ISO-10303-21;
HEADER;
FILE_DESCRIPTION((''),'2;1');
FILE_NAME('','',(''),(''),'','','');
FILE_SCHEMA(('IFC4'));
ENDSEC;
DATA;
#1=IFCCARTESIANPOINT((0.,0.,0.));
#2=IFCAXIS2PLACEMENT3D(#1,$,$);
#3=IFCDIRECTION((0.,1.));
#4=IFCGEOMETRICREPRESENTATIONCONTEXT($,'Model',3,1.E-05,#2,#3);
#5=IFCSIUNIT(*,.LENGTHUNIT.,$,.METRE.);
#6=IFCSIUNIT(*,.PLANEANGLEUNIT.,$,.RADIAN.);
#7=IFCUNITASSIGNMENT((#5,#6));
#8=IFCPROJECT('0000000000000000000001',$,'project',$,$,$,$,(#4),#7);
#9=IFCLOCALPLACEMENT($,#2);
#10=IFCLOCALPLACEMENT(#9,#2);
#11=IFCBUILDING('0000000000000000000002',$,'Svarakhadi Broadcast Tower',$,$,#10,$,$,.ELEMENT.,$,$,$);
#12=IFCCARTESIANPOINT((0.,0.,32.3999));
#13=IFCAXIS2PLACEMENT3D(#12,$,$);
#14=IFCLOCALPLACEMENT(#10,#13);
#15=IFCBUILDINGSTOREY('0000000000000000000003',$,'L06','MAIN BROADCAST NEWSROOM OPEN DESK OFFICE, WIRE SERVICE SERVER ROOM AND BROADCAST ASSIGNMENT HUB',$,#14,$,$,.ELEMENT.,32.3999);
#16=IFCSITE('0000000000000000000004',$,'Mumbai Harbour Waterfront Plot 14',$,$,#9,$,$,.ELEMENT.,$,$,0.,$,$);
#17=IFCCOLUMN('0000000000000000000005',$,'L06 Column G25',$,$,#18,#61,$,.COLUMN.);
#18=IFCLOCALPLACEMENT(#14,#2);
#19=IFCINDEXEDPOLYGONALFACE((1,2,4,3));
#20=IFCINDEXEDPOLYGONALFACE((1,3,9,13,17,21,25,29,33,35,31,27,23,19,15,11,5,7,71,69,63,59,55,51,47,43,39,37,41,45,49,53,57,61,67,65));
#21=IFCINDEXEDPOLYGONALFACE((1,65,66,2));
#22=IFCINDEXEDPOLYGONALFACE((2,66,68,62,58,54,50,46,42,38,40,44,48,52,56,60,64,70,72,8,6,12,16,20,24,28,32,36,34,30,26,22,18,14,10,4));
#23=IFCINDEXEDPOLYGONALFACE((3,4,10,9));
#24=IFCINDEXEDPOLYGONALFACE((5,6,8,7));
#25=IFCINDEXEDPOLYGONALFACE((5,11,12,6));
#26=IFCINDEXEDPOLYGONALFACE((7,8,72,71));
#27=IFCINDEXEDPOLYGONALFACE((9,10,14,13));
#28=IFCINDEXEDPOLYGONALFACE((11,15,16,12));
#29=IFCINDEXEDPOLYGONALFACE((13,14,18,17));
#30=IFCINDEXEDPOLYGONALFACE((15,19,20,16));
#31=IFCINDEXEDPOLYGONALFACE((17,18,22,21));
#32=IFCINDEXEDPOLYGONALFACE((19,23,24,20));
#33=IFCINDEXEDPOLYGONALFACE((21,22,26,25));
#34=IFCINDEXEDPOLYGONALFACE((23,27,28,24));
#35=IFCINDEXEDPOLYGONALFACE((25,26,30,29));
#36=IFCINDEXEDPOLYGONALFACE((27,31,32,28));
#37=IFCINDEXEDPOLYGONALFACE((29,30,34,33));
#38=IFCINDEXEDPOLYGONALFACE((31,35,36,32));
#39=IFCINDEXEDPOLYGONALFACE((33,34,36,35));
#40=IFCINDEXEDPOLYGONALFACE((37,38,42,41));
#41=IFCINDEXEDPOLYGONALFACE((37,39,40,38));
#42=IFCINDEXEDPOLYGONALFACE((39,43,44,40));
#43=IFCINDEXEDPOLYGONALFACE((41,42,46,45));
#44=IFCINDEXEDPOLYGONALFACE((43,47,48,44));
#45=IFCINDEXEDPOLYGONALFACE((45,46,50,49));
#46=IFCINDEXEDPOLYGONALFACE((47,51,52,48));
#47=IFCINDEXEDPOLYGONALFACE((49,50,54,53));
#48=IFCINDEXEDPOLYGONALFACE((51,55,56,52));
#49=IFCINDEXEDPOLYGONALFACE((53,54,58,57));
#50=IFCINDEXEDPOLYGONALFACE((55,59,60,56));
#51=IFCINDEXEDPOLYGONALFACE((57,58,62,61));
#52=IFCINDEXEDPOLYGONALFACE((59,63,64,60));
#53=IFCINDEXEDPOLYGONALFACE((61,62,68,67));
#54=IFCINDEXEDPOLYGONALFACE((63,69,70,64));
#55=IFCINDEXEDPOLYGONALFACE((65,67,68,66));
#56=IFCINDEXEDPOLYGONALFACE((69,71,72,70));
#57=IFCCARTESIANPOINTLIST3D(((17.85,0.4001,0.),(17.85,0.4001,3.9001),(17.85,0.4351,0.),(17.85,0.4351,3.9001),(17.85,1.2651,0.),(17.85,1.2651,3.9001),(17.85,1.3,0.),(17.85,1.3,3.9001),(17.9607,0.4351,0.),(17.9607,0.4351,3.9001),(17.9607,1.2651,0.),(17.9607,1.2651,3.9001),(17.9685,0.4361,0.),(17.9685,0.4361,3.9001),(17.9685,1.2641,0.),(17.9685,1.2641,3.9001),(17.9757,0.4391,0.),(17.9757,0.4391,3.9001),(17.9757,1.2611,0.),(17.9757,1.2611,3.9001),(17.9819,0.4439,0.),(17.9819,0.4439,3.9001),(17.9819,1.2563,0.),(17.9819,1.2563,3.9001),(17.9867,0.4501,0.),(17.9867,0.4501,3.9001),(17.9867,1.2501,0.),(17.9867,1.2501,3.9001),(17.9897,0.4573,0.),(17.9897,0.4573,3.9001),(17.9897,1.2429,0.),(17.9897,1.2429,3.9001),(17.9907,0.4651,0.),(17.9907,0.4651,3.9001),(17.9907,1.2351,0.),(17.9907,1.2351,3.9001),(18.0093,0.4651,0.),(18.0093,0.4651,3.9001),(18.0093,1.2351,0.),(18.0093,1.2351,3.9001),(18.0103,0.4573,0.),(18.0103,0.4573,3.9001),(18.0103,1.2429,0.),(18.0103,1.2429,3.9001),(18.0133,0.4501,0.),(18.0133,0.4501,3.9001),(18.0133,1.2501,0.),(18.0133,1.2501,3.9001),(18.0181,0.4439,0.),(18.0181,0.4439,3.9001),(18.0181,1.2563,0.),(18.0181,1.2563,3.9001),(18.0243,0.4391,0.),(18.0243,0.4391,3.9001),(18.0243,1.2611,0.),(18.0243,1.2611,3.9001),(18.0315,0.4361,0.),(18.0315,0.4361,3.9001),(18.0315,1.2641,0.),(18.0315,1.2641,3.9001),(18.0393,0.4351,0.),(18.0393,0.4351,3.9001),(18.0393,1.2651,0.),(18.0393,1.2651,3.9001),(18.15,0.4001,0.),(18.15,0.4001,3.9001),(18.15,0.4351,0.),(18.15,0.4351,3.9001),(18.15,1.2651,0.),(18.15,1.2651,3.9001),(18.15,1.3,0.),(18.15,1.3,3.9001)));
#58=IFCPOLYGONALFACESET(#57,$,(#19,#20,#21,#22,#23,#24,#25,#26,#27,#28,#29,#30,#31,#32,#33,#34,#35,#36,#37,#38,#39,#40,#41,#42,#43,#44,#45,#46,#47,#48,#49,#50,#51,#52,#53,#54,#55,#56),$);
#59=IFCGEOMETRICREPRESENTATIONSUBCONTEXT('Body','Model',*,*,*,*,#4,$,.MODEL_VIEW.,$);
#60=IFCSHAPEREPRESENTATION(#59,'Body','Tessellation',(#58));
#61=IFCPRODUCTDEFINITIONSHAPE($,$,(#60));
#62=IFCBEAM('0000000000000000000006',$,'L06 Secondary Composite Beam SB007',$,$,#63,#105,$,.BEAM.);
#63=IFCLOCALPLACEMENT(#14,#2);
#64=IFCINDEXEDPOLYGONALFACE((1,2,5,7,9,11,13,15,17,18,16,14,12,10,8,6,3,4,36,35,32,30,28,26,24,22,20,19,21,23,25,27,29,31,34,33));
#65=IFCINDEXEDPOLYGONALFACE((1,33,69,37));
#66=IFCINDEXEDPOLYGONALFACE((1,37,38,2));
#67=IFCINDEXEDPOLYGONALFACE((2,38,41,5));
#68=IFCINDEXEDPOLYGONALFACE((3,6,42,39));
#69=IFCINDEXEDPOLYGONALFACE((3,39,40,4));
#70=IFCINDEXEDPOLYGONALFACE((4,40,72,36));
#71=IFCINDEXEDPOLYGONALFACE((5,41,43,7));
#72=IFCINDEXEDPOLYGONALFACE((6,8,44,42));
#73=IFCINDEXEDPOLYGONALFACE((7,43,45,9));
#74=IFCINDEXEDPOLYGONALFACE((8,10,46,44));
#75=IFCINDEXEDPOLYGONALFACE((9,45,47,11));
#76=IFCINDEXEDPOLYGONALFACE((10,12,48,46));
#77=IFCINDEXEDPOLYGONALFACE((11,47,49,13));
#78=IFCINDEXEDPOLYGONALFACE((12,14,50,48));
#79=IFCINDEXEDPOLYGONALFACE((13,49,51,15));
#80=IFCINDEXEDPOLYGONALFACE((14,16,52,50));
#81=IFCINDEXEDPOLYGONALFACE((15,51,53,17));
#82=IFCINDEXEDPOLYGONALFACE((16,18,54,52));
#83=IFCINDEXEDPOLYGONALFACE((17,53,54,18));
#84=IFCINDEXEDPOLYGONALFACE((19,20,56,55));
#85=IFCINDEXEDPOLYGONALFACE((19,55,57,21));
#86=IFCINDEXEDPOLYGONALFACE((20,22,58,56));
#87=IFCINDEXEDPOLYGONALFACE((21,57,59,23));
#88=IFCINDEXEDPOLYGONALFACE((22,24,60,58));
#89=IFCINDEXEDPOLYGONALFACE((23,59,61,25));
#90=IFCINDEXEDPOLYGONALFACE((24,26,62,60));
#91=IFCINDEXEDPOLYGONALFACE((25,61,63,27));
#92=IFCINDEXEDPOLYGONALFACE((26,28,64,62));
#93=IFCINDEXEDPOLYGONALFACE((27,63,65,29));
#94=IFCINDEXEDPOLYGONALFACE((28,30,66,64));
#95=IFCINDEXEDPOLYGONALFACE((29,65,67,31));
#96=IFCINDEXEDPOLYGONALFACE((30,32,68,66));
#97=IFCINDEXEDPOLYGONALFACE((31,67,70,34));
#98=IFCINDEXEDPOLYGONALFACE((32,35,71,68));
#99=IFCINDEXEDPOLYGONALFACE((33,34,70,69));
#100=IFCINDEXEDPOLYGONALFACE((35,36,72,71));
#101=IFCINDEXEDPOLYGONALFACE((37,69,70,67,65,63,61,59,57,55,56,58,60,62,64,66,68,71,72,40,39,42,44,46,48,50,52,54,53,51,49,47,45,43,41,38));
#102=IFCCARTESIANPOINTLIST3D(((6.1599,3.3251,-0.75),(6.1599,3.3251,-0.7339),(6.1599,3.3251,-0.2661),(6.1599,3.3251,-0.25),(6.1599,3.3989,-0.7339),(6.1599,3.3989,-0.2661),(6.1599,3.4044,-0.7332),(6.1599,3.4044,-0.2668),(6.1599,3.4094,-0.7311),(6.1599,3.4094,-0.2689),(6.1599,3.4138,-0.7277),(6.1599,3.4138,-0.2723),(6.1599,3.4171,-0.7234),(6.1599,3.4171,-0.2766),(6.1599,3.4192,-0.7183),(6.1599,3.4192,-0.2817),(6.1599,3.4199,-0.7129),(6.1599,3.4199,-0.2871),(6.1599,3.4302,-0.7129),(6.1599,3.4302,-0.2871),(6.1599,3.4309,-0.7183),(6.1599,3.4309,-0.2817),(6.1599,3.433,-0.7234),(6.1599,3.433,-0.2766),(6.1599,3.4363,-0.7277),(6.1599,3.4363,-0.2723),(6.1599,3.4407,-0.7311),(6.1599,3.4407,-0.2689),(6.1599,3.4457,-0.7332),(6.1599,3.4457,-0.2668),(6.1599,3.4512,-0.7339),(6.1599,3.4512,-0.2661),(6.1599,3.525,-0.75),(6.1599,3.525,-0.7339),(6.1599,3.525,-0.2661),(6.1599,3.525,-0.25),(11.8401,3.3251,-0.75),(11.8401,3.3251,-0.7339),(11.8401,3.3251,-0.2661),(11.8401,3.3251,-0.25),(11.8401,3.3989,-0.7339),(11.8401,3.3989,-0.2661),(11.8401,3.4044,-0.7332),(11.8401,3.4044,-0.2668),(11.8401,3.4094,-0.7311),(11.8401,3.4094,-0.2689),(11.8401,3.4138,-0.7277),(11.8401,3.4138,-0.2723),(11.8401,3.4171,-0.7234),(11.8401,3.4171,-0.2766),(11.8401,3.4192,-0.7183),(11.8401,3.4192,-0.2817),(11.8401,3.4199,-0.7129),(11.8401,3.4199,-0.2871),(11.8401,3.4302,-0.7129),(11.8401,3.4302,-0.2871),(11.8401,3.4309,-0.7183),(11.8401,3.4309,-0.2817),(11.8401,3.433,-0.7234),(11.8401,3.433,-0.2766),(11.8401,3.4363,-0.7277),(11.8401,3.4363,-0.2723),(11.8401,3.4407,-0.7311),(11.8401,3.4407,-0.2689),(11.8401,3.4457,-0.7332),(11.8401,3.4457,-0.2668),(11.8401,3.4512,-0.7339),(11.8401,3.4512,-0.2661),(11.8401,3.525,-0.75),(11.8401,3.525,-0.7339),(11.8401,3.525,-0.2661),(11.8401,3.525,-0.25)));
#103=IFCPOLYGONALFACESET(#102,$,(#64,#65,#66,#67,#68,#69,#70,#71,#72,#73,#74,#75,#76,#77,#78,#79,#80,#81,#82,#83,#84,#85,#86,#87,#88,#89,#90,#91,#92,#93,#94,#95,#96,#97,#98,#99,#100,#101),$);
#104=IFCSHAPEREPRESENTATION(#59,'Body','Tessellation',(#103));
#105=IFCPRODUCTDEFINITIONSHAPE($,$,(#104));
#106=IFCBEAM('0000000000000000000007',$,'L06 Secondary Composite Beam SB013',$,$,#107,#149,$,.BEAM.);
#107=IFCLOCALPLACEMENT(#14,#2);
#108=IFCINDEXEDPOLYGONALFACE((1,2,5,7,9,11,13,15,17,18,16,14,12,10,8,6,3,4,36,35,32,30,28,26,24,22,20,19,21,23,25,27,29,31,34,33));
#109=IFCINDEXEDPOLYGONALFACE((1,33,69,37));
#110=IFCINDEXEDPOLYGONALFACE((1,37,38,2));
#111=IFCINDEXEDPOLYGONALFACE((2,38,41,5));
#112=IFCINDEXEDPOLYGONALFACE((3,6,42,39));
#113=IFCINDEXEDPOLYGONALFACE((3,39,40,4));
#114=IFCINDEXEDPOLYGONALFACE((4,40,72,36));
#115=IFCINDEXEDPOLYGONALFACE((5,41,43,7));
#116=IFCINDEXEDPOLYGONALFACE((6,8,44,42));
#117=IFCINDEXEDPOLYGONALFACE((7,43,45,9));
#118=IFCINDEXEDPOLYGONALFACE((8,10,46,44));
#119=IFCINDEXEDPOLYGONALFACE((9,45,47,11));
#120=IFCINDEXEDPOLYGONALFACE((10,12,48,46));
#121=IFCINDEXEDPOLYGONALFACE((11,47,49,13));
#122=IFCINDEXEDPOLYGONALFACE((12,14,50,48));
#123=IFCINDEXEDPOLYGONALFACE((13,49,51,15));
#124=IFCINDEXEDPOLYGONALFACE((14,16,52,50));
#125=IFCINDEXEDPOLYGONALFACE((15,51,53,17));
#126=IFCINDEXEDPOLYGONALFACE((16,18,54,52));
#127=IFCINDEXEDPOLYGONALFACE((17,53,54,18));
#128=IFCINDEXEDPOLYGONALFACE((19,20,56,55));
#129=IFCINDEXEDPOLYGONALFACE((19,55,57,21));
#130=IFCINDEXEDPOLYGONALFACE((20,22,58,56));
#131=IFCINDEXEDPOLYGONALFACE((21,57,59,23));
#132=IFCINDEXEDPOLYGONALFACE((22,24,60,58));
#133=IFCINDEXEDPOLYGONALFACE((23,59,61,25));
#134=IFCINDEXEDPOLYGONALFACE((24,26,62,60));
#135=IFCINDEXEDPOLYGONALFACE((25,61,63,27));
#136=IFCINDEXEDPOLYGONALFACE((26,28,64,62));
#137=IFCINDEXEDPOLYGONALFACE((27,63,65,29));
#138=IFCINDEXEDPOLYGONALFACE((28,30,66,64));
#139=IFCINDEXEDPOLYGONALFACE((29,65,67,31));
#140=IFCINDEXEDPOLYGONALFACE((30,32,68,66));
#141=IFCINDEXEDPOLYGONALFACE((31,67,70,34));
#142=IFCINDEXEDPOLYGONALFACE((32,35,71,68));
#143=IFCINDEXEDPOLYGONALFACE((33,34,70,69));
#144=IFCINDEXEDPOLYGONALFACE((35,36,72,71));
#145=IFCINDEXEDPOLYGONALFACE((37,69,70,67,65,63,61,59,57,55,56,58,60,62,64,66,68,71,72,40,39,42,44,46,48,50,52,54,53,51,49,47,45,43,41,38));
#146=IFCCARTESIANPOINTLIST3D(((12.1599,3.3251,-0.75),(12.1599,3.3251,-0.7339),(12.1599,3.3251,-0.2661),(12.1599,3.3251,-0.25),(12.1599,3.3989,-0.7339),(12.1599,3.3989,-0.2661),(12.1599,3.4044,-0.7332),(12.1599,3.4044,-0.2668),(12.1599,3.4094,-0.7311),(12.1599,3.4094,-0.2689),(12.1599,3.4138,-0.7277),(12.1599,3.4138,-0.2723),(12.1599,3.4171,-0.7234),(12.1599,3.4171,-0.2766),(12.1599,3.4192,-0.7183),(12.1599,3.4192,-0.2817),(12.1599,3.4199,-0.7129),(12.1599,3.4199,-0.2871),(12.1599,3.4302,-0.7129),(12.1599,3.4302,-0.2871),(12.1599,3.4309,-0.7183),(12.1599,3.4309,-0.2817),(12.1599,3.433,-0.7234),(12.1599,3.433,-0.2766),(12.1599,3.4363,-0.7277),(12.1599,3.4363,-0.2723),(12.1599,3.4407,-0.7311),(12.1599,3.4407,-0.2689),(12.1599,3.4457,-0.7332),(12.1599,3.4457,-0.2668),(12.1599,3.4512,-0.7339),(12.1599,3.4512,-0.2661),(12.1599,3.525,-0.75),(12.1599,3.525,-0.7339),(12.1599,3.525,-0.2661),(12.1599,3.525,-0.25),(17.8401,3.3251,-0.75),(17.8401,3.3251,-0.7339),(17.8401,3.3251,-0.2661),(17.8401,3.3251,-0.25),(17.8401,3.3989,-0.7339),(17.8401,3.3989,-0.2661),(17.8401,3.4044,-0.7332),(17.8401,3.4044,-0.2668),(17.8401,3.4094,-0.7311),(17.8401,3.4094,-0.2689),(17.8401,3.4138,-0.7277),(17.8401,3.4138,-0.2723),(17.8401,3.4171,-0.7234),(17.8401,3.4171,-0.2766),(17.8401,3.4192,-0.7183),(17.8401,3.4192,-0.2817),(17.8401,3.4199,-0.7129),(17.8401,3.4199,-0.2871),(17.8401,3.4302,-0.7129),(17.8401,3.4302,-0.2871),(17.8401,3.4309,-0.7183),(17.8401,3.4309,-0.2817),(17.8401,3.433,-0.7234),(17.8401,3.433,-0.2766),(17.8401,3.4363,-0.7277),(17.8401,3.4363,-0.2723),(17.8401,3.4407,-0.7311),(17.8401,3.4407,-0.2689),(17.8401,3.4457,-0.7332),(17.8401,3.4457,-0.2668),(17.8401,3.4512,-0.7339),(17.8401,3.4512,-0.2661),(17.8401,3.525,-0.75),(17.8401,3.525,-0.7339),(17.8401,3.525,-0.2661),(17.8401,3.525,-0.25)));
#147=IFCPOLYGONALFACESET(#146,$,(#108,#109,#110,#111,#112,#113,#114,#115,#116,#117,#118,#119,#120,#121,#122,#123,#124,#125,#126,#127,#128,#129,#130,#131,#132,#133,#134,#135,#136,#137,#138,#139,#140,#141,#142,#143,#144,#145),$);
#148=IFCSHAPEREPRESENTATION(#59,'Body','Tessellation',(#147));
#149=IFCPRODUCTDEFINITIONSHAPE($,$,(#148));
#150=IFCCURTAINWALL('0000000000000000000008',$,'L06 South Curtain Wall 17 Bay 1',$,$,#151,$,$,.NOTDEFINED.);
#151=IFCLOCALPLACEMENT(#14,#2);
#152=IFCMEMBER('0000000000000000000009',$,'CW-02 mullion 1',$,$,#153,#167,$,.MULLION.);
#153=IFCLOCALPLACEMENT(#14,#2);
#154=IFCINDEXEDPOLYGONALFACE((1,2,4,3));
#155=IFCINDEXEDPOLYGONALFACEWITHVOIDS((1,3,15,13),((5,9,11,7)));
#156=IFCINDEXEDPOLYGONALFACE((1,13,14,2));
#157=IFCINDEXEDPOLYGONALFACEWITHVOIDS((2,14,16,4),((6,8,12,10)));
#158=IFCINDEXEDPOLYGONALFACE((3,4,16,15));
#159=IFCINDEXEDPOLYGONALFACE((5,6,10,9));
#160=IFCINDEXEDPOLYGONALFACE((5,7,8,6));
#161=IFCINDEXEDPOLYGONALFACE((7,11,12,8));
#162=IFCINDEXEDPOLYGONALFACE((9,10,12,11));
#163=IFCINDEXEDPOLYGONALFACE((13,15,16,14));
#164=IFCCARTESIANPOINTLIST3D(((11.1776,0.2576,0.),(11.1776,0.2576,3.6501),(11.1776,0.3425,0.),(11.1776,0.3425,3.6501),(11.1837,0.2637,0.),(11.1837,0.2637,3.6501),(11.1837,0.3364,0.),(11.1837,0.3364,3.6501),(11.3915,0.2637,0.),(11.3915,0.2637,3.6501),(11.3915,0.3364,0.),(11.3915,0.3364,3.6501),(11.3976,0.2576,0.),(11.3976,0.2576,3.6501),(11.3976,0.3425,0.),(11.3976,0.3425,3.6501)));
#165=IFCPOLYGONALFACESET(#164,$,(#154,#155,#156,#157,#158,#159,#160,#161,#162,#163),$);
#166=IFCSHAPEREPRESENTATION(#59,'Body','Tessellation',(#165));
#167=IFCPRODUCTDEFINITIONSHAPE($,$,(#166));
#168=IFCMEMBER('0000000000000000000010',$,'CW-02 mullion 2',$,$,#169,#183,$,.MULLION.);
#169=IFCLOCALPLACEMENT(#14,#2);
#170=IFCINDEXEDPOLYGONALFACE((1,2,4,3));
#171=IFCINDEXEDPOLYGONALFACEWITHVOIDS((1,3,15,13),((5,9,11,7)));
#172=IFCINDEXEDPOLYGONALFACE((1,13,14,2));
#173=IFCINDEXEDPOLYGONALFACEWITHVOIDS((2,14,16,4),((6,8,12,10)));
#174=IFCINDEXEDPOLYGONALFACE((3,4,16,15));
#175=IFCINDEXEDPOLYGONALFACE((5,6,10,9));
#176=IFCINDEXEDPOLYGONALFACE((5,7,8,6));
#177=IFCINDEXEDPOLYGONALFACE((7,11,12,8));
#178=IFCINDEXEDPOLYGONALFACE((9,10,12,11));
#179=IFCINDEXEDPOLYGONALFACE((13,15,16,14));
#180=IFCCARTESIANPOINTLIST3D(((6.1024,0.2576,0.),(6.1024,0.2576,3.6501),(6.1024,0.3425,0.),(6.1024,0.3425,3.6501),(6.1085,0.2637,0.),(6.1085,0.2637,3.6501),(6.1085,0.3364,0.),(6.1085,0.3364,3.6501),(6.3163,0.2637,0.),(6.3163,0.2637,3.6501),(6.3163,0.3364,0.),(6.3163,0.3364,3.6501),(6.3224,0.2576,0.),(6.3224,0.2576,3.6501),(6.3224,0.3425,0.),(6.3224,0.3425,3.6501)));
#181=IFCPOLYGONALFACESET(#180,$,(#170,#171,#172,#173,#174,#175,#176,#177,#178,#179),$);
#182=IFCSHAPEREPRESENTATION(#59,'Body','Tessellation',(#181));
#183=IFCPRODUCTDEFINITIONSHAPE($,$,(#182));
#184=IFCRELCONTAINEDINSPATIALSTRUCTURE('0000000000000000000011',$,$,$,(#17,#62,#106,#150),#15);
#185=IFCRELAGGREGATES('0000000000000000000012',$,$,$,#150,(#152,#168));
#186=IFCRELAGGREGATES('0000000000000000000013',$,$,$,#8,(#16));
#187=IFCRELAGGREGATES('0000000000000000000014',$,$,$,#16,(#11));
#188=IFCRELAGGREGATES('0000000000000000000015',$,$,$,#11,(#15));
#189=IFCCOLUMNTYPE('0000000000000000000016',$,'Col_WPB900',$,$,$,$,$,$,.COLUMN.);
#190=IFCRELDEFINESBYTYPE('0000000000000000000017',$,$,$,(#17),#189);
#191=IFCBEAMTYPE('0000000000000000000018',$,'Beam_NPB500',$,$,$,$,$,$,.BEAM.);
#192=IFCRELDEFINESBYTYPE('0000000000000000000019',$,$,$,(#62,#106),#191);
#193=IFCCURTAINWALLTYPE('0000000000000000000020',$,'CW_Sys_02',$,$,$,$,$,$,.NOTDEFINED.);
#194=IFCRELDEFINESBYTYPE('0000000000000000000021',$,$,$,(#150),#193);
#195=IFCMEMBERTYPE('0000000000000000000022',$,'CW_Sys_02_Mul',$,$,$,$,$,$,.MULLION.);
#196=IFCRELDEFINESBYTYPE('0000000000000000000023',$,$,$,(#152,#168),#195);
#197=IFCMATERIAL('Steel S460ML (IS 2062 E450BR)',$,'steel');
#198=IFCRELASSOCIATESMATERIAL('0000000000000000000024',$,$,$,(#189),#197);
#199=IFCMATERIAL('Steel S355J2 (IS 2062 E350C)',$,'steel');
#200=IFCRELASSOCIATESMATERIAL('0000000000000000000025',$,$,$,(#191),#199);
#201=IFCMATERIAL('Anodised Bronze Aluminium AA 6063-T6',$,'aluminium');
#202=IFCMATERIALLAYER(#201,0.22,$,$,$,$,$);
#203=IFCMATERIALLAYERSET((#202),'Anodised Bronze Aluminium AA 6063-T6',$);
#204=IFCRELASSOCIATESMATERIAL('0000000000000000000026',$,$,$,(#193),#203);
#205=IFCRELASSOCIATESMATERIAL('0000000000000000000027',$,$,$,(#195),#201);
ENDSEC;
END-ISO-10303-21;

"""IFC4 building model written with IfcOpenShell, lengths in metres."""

from ifc_helpers import new_model, si_unit, direction, frame, origin, origin_2d, place, context, subcontext, project, spatial, hollow_rectangle, i_section, extrude, material, layer, layer_set, material_profile, profile_set, type_object, element, aggregate, save


model = new_model("IFC4")

# Units and contexts
model_context = context("Model", 3, precision=1e-05, world=origin(), true_north=direction((0.0, 1.0)))
body_context = subcontext(model_context, "Body", "Model", "MODEL_VIEW")
ifc_project = project(units=[si_unit("LENGTHUNIT", "METRE"), si_unit("PLANEANGLEUNIT", "RADIAN")], contexts=[model_context])

# Site, building, storey
site_placement = place(None, origin())
site = spatial("IfcSite", under=ifc_project, at=site_placement, Name="Mumbai Harbour Waterfront Plot 14", CompositionType="ELEMENT", RefElevation=0.0)
building_placement = place(site_placement, origin())
building = spatial("IfcBuilding", under=site, at=building_placement, Name="Svarakhadi Broadcast Tower", CompositionType="ELEMENT")
storey_placement = place(building_placement, frame((0.0, 0.0, 32.3999)))
storey = spatial("IfcBuildingStorey", under=building, at=storey_placement, Name="L06", Description="MAIN BROADCAST NEWSROOM OPEN DESK OFFICE, WIRE SERVICE SERVER ROOM AND BROADCAST ASSIGNMENT HUB", CompositionType="ELEMENT", Elevation=32.3999)

# Column
ifc_material_1 = material(Name="Steel S460ML (IS 2062 E450BR)", Category="steel")
ifc_material_profile_1 = material_profile(ifc_material_1, i_section(OverallWidth=0.3, OverallDepth=0.8999, WebThickness=0.0186, FlangeThickness=0.0349, FilletRadius=0.03, at=origin_2d()), Name="WPB 900x300x291")
ifc_profile_set_1 = profile_set([ifc_material_profile_1], Name="Steel S460ML (IS 2062 E450BR)")
column_type_1 = type_object("IfcColumnType", Name="Col_WPB900", PredefinedType="COLUMN", material=ifc_profile_set_1)
column_placement = place(storey_placement, frame((18.0, 0.8501, 0.0), z_axis=(0.0, 0.0, 1.0), x_axis=(1.0, 0.0, 0.0)))
element("IfcColumn", 1, at=column_placement, inside=storey, type_object=column_type_1, Name="L06 Column G25", PredefinedType="COLUMN", context=body_context, shape_type="SweptSolid", body=[
    extrude(i_section(OverallWidth=0.3, OverallDepth=0.8999, WebThickness=0.0186, FlangeThickness=0.0349, FilletRadius=0.03, at=origin_2d()), origin(), (0.0, 0.0, 1.0), 3.9001),
])

# Beams
ifc_material_2 = material(Name="Steel S355J2 (IS 2062 E350C)", Category="steel")
ifc_material_profile_2 = material_profile(ifc_material_2, i_section(OverallWidth=0.2, OverallDepth=0.5, WebThickness=0.0103, FlangeThickness=0.0161, FilletRadius=0.021, at=origin_2d()), Name="NPB 500x200x91")
ifc_profile_set_2 = profile_set([ifc_material_profile_2], Name="Steel S355J2 (IS 2062 E350C)")
beam_type_1 = type_object("IfcBeamType", Name="Beam_NPB500", PredefinedType="BEAM", material=ifc_profile_set_2)
for number, where, z_axis, x_axis, name in (
    (2, (6.1599, 3.425, -0.5), (1.0, 0.0, 0.0), (0.0, 1.0, 0.0), "L06 Secondary Composite Beam SB007"),
    (3, (12.1599, 3.425, -0.5), (1.0, 0.0, 0.0), (0.0, 1.0, 0.0), "L06 Secondary Composite Beam SB013"),
):
    element("IfcBeam", number, at=place(storey_placement, frame(where, z_axis=z_axis, x_axis=x_axis)), inside=storey, type_object=beam_type_1, Name=name, PredefinedType="BEAM", context=body_context, shape_type="SweptSolid", body=[
        extrude(i_section(OverallWidth=0.2, OverallDepth=0.5, WebThickness=0.0103, FlangeThickness=0.0161, FilletRadius=0.021, at=origin_2d()), origin(), (0.0, 0.0, 1.0), 5.6802),
    ])

# Curtain wall, members
ifc_material_3 = material(Name="Anodised Bronze Aluminium AA 6063-T6", Category="aluminium")
ifc_layer_1 = layer(ifc_material_3, 0.22)
ifc_layer_set_1 = layer_set([ifc_layer_1], Name="Anodised Bronze Aluminium AA 6063-T6")
curtain_wall_type = type_object("IfcCurtainWallType", Name="CW_Sys_02", PredefinedType="NOTDEFINED", material=ifc_layer_set_1)
curtain_wall_placement = place(storey_placement, origin())
curtain_wall = element("IfcCurtainWall", 4, at=curtain_wall_placement, inside=storey, type_object=curtain_wall_type, Name="L06 South Curtain Wall 17 Bay 1", PredefinedType="NOTDEFINED")
ifc_material_profile_3 = material_profile(ifc_material_3, hollow_rectangle(XDim=0.085, YDim=0.22, WallThickness=0.0061, at=origin_2d()), Name="ALU MULLION 220x85x6")
ifc_profile_set_3 = profile_set([ifc_material_profile_3], Name="Anodised Bronze Aluminium AA 6063-T6")
member_type_1 = type_object("IfcMemberType", Name="CW_Sys_02_Mul", PredefinedType="MULLION", material=ifc_profile_set_3)
member_1_placement = place(storey_placement, frame((11.2876, 0.3, 0.0), z_axis=(0.0, 0.0, 1.0), x_axis=(0.0, -1.0, 0.0)))
member_1 = element("IfcMember", 5, at=member_1_placement, type_object=member_type_1, Name="CW-02 mullion 1", PredefinedType="MULLION", context=body_context, shape_type="SweptSolid", body=[
    extrude(hollow_rectangle(XDim=0.085, YDim=0.22, WallThickness=0.0061, at=origin_2d()), origin(), (0.0, 0.0, 1.0), 3.6501),
])
member_2_placement = place(storey_placement, frame((6.2124, 0.3, 0.0), z_axis=(0.0, 0.0, 1.0), x_axis=(0.0, -1.0, 0.0)))
member_2 = element("IfcMember", 6, at=member_2_placement, type_object=member_type_1, Name="CW-02 mullion 2", PredefinedType="MULLION", context=body_context, shape_type="SweptSolid", body=[
    extrude(hollow_rectangle(XDim=0.085, YDim=0.22, WallThickness=0.0061, at=origin_2d()), origin(), (0.0, 0.0, 1.0), 3.6501),
])

aggregate(curtain_wall, [member_1, member_2])

save(model, "model.ifc")
